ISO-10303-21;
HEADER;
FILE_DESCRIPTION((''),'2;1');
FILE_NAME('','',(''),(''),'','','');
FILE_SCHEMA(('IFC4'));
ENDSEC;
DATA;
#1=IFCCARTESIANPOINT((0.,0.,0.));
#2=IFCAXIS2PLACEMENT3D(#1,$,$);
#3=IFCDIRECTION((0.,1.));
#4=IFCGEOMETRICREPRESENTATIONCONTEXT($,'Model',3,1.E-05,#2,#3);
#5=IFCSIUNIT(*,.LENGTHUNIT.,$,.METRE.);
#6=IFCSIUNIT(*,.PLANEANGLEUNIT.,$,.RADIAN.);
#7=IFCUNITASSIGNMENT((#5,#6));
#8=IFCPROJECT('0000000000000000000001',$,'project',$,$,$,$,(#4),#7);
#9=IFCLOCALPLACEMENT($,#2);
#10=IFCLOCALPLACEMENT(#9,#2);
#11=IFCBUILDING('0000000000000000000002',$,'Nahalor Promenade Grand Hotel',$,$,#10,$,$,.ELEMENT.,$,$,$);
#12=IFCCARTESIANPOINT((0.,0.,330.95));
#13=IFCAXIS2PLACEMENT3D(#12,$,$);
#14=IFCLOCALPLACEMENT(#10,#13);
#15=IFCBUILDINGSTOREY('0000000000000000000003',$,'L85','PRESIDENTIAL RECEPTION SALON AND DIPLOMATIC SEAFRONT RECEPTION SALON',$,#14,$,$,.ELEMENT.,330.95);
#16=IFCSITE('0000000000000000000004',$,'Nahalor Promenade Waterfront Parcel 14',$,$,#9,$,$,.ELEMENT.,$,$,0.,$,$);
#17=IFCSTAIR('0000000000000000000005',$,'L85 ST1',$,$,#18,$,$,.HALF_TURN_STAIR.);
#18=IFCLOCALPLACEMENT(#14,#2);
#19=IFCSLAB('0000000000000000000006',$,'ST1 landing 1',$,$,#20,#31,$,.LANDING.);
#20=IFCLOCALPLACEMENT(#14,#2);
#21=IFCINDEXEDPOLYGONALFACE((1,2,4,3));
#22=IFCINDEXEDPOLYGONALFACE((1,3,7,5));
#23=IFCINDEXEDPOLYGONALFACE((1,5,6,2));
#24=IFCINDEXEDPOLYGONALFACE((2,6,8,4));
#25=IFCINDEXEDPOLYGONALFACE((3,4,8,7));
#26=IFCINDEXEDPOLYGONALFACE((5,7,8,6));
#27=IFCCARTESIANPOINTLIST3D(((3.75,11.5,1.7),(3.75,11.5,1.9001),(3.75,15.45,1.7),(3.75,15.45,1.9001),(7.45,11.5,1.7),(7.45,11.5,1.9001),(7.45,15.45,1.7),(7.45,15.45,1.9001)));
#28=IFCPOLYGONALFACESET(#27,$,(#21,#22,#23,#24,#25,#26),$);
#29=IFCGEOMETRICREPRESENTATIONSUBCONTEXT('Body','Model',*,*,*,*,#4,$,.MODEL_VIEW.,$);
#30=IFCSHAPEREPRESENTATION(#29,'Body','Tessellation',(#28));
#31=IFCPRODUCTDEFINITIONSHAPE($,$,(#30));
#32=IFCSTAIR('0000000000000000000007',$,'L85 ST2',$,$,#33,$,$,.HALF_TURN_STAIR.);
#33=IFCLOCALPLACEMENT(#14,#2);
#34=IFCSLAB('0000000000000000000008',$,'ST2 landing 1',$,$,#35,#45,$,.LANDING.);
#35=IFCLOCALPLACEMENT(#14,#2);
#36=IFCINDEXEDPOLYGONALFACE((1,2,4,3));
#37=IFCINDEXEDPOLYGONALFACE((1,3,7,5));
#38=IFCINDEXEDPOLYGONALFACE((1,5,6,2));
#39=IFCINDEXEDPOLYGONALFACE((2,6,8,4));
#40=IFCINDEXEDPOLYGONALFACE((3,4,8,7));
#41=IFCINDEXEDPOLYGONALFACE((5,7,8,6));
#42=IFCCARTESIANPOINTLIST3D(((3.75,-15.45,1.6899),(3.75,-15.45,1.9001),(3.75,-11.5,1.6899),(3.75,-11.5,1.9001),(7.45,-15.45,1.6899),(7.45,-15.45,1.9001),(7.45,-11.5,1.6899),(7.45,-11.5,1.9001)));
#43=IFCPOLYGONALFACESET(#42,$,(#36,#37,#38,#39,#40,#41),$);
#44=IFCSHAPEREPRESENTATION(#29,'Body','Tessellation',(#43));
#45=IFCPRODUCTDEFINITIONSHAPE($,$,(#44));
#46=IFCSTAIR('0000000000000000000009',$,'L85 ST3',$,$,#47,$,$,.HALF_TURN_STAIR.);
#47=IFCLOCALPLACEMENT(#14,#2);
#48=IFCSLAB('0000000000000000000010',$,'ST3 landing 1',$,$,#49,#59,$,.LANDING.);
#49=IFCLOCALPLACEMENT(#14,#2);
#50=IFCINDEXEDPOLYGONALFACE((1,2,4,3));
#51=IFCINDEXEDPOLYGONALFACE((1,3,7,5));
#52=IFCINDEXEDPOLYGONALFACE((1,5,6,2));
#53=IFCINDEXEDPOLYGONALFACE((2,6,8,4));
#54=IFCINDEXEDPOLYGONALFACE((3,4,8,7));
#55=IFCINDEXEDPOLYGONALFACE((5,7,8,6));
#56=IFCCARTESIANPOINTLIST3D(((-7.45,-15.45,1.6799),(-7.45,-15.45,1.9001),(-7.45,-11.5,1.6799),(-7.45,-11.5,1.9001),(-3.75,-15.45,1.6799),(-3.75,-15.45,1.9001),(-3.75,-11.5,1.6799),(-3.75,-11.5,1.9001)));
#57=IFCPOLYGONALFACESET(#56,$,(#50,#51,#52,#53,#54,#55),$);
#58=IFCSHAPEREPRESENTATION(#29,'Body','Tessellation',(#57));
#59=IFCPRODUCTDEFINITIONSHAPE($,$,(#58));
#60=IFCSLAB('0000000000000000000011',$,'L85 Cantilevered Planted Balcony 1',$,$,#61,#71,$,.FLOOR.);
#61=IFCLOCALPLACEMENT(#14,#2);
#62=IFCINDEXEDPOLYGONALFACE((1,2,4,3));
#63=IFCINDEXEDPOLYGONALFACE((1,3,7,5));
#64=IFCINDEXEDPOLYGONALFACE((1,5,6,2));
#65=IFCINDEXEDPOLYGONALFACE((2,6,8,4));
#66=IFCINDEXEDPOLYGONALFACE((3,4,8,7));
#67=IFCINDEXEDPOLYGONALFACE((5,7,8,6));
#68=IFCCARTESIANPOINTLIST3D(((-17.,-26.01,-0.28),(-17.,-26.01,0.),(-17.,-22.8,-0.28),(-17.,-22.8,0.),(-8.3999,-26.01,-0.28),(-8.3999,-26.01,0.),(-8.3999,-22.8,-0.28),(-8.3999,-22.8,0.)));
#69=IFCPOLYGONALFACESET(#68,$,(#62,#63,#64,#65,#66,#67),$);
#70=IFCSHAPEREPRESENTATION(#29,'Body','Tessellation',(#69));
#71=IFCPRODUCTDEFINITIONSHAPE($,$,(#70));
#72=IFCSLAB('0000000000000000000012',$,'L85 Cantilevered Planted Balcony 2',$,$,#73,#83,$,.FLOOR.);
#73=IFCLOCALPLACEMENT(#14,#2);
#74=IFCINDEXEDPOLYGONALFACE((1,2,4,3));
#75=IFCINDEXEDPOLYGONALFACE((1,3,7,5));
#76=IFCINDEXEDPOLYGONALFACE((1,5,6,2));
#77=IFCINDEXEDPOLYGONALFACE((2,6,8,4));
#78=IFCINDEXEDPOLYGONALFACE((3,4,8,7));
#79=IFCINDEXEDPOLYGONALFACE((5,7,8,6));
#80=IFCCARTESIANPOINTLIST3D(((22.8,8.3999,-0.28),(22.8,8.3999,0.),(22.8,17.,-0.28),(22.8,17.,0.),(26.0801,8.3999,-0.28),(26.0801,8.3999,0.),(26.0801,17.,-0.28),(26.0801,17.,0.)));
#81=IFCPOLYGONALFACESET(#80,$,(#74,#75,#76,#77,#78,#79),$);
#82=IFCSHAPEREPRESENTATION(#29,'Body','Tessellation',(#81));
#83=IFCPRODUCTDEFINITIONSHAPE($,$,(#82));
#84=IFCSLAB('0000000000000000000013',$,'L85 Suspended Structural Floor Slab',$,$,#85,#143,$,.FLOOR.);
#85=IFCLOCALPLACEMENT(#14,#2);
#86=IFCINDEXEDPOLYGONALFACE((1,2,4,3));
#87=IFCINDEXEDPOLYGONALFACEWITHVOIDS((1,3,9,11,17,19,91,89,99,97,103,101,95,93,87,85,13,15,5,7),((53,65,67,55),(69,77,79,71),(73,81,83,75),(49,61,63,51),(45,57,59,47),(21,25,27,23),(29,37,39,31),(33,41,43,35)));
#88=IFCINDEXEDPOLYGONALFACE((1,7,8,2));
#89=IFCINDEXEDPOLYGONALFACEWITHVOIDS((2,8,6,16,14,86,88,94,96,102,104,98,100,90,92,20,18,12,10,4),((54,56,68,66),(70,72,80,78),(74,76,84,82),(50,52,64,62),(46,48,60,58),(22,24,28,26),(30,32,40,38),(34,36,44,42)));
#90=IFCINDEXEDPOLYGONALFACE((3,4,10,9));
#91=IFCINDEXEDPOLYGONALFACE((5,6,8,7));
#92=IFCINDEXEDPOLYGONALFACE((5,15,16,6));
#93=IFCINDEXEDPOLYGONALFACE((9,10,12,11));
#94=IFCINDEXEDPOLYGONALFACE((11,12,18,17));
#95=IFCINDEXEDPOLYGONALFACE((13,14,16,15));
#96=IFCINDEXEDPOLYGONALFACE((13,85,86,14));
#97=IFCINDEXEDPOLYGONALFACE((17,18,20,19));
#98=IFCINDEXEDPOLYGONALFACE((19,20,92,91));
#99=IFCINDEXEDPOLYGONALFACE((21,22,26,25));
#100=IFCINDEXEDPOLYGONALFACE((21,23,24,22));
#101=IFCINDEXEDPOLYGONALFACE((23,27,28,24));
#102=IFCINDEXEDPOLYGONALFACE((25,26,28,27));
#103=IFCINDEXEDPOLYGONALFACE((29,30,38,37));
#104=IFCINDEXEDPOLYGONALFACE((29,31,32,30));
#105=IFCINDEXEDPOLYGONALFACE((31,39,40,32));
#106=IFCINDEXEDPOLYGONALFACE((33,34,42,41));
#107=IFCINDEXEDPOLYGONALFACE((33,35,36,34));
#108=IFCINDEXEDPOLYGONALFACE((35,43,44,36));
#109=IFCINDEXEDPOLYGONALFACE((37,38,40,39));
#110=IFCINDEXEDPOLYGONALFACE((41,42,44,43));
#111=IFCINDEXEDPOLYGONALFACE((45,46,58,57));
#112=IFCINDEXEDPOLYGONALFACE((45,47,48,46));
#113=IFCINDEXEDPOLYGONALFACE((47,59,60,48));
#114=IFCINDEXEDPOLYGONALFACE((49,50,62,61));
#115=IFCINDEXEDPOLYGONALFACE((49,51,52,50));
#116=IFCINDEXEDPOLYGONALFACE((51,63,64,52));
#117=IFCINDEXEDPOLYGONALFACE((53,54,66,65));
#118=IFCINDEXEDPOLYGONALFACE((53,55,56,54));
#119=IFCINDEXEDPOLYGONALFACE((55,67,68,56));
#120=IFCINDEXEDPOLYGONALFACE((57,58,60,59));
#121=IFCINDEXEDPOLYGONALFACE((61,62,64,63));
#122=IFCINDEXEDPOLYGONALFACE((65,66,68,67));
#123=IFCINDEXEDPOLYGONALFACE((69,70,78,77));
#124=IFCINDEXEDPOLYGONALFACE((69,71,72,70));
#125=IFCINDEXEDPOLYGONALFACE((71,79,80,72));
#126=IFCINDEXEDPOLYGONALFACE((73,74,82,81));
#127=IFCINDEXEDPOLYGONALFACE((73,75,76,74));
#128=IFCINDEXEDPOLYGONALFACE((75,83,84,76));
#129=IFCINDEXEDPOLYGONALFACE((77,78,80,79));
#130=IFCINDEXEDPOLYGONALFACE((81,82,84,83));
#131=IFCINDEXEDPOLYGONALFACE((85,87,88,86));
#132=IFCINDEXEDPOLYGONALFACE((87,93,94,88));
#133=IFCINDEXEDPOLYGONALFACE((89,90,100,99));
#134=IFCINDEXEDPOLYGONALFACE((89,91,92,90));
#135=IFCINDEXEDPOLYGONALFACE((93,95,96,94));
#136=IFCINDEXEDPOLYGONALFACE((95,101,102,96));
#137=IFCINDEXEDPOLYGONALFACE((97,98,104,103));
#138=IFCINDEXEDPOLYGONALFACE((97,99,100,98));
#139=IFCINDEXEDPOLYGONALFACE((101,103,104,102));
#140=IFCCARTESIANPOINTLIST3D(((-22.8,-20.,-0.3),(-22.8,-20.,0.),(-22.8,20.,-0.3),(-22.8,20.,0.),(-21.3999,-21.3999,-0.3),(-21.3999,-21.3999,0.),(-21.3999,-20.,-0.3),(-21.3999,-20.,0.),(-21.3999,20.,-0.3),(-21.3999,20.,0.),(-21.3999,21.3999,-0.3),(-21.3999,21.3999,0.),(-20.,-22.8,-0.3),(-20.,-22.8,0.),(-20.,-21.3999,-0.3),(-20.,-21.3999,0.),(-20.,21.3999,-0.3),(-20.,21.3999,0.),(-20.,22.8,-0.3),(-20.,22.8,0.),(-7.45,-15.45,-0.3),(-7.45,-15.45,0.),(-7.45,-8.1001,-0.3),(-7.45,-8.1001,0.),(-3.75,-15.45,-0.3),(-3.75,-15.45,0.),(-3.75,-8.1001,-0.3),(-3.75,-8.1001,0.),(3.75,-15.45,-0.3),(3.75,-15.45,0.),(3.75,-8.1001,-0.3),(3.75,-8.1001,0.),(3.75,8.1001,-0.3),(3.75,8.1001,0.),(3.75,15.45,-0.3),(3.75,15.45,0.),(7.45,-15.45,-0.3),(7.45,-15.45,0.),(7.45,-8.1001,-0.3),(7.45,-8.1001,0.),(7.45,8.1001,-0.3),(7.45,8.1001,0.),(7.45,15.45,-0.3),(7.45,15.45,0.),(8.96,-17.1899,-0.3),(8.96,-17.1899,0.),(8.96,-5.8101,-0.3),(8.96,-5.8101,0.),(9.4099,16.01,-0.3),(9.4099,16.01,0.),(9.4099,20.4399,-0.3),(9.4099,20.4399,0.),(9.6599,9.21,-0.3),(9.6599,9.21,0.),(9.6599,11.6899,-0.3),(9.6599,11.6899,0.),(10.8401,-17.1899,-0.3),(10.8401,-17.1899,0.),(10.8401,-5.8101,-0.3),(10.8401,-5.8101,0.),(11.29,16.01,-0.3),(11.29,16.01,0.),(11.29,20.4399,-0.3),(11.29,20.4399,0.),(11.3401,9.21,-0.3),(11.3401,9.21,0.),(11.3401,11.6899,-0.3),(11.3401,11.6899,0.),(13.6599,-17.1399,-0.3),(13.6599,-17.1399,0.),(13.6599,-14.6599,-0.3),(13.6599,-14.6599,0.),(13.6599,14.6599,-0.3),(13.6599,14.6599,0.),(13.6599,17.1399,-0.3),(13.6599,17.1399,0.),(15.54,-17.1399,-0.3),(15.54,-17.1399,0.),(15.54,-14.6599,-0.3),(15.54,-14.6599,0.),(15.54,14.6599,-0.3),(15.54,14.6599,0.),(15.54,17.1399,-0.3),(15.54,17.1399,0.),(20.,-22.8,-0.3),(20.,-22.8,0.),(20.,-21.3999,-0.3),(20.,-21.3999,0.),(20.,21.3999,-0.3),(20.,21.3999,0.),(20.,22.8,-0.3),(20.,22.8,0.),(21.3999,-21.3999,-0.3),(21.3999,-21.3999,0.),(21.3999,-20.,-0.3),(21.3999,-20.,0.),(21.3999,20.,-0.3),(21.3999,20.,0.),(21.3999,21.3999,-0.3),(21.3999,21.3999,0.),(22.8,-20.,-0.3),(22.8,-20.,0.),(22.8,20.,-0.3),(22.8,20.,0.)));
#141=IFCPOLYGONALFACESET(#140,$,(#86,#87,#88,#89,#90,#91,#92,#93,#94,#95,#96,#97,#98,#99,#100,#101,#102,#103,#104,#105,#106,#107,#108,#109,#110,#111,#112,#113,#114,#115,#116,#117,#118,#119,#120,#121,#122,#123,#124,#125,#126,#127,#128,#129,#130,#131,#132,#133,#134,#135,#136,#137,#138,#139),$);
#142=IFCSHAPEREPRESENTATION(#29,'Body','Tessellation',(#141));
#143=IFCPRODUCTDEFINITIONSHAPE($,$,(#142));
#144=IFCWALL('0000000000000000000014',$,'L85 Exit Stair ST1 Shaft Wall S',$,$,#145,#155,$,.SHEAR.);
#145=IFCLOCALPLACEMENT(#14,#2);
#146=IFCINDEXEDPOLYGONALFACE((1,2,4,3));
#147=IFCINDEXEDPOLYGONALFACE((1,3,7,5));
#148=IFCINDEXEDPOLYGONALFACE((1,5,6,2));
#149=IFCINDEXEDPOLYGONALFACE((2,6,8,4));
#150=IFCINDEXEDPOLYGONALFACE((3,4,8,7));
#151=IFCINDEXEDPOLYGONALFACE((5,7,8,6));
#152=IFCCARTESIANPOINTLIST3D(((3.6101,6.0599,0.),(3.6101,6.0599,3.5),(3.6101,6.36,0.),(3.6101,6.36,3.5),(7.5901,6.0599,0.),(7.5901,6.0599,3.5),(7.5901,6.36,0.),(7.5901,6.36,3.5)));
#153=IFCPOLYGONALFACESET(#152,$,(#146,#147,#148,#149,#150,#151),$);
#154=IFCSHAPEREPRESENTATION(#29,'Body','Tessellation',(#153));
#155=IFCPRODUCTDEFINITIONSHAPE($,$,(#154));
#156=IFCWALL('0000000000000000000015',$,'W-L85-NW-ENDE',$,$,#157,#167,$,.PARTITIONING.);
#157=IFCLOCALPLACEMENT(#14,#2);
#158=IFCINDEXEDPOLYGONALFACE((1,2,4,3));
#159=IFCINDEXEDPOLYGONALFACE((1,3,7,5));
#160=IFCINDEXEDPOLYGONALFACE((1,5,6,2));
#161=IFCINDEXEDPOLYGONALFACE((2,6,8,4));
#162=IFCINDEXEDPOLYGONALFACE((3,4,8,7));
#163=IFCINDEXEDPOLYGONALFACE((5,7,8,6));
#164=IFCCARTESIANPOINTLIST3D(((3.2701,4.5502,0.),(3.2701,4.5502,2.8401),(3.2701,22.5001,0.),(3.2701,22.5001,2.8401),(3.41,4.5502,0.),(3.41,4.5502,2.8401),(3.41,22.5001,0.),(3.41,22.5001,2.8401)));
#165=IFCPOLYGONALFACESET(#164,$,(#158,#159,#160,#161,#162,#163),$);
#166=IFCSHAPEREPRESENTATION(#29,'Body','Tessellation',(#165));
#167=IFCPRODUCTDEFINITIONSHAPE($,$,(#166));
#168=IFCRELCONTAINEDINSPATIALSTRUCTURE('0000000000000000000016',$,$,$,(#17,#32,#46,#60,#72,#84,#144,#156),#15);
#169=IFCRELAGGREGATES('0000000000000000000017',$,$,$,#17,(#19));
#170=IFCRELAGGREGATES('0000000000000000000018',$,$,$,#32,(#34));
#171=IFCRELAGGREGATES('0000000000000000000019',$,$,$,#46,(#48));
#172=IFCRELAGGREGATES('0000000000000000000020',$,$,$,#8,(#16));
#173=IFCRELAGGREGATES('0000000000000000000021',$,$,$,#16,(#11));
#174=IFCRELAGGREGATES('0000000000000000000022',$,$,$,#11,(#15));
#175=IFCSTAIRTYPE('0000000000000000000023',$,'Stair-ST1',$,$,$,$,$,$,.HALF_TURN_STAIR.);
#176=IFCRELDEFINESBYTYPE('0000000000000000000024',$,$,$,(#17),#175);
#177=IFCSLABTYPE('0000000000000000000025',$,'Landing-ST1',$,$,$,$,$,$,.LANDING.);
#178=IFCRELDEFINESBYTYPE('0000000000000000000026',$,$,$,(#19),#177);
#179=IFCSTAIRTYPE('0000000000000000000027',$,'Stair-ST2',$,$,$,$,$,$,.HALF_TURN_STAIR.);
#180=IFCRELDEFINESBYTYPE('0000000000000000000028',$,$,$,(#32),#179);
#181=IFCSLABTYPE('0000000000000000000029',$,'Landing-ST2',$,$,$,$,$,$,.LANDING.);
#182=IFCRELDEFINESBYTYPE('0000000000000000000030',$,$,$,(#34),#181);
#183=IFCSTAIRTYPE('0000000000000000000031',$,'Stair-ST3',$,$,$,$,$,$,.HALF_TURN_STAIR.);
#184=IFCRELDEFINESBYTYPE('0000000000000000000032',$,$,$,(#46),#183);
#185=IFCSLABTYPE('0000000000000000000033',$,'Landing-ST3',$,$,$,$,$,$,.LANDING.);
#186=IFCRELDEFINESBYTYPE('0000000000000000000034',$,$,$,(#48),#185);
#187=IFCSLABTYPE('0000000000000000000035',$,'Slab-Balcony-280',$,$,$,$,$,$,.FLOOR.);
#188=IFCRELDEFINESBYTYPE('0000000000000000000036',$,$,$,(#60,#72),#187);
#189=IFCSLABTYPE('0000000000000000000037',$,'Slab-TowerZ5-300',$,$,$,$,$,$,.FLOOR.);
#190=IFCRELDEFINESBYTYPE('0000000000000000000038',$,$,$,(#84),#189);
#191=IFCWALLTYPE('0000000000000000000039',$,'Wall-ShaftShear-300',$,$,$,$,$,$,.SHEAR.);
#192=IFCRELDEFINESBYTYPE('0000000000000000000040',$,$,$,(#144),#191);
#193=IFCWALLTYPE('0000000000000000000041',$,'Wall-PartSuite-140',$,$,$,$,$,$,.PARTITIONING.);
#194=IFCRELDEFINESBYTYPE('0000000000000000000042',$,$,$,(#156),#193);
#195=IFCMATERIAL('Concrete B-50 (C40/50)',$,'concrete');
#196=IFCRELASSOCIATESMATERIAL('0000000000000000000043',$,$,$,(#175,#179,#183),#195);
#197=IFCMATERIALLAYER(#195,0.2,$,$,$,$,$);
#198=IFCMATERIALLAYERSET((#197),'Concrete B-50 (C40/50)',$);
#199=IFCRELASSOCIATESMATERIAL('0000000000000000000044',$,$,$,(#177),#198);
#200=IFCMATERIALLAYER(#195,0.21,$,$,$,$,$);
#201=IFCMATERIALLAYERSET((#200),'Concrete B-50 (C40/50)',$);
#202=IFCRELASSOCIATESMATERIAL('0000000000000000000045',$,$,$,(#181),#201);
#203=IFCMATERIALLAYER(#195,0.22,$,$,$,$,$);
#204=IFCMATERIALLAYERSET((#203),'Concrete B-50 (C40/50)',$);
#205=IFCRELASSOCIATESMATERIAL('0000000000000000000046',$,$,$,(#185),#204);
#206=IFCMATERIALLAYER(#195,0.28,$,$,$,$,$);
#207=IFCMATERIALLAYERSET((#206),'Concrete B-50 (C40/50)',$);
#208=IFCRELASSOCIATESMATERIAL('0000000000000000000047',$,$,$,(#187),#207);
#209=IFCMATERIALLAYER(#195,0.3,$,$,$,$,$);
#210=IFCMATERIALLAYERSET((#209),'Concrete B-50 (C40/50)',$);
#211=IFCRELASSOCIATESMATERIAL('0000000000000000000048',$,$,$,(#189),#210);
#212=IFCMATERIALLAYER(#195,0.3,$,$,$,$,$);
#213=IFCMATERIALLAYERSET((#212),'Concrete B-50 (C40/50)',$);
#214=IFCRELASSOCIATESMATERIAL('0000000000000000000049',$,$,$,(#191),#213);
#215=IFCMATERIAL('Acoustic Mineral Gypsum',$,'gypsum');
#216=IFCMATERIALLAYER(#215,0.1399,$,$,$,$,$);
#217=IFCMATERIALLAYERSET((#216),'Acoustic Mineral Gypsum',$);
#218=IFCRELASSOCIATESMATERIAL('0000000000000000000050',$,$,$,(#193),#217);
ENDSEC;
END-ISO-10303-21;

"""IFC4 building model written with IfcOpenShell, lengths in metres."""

from ifc_helpers import new_model, si_unit, direction, frame, frame_2d, origin, place, context, subcontext, project, spatial, polyline, rectangle, outline, extrude, source, transform, mapped, material, layer, layer_set, type_object, element, aggregate, save


model = new_model("IFC4")

# Units and contexts
model_context = context("Model", 3, precision=1e-05, world=origin(), true_north=direction((0.0, 1.0)))
body_context = subcontext(model_context, "Body", "Model", "MODEL_VIEW")
ifc_project = project(units=[si_unit("LENGTHUNIT", "METRE"), si_unit("PLANEANGLEUNIT", "RADIAN")], contexts=[model_context])

# Site, building, storey
site_placement = place(None, origin())
site = spatial("IfcSite", under=ifc_project, at=site_placement, Name="Nahalor Promenade Waterfront Parcel 14", CompositionType="ELEMENT", RefElevation=0.0)
building_placement = place(site_placement, origin())
building = spatial("IfcBuilding", under=site, at=building_placement, Name="Nahalor Promenade Grand Hotel", CompositionType="ELEMENT")
storey_placement = place(building_placement, frame((0.0, 0.0, 330.95)))
storey = spatial("IfcBuildingStorey", under=building, at=storey_placement, Name="L85", Description="PRESIDENTIAL RECEPTION SALON AND DIPLOMATIC SEAFRONT RECEPTION SALON", CompositionType="ELEMENT", Elevation=330.95)

# Shared definitions
ifc_material_1 = material(Name="Concrete B-50 (C40/50)", Category="concrete")

# Stairs, slabs
stair_type_1 = type_object("IfcStairType", Name="Stair-ST1", PredefinedType="HALF_TURN_STAIR", material=ifc_material_1)
stair_1_placement = place(storey_placement, origin())
stair_1 = element("IfcStair", 1, at=stair_1_placement, inside=storey, type_object=stair_type_1, Name="L85 ST1", PredefinedType="HALF_TURN_STAIR")
ifc_layer_1 = layer(ifc_material_1, 0.2)
ifc_layer_set_1 = layer_set([ifc_layer_1], Name="Concrete B-50 (C40/50)")
slab_type_1 = type_object("IfcSlabType", Name="Landing-ST1", PredefinedType="LANDING", material=ifc_layer_set_1)
slab_1_placement = place(storey_placement, frame((0.0, 0.0, 1.7)))
slab_1 = element("IfcSlab", 2, at=slab_1_placement, type_object=slab_type_1, Name="ST1 landing 1", PredefinedType="LANDING", context=body_context, shape_type="SweptSolid", body=[
    extrude(outline(polyline([(7.45, 11.5), (7.45, 15.45), (3.75, 15.45), (3.75, 11.5), (7.45, 11.5)])), origin(), (0.0, 0.0, 1.0), 0.2002),
])
aggregate(stair_1, [slab_1])
stair_type_2 = type_object("IfcStairType", Name="Stair-ST2", PredefinedType="HALF_TURN_STAIR", material=ifc_material_1)
stair_2_placement = place(storey_placement, origin())
stair_2 = element("IfcStair", 3, at=stair_2_placement, inside=storey, type_object=stair_type_2, Name="L85 ST2", PredefinedType="HALF_TURN_STAIR")
ifc_layer_2 = layer(ifc_material_1, 0.21)
ifc_layer_set_2 = layer_set([ifc_layer_2], Name="Concrete B-50 (C40/50)")
slab_type_2 = type_object("IfcSlabType", Name="Landing-ST2", PredefinedType="LANDING", material=ifc_layer_set_2)
slab_2_placement = place(storey_placement, frame((0.0, 0.0, 1.6899)))
slab_2 = element("IfcSlab", 4, at=slab_2_placement, type_object=slab_type_2, Name="ST2 landing 1", PredefinedType="LANDING", context=body_context, shape_type="SweptSolid", body=[
    extrude(outline(polyline([(3.75, -11.5), (3.75, -15.45), (7.45, -15.45), (7.45, -11.5), (3.75, -11.5)])), origin(), (0.0, 0.0, 1.0), 0.2102),
])
aggregate(stair_2, [slab_2])
stair_type_3 = type_object("IfcStairType", Name="Stair-ST3", PredefinedType="HALF_TURN_STAIR", material=ifc_material_1)
stair_3_placement = place(storey_placement, origin())
stair_3 = element("IfcStair", 5, at=stair_3_placement, inside=storey, type_object=stair_type_3, Name="L85 ST3", PredefinedType="HALF_TURN_STAIR")
ifc_layer_3 = layer(ifc_material_1, 0.22)
ifc_layer_set_3 = layer_set([ifc_layer_3], Name="Concrete B-50 (C40/50)")
slab_type_3 = type_object("IfcSlabType", Name="Landing-ST3", PredefinedType="LANDING", material=ifc_layer_set_3)
slab_3_placement = place(storey_placement, frame((0.0, 0.0, 1.6799)))
slab_3 = element("IfcSlab", 6, at=slab_3_placement, type_object=slab_type_3, Name="ST3 landing 1", PredefinedType="LANDING", context=body_context, shape_type="SweptSolid", body=[
    extrude(outline(polyline([(-7.45, -11.5), (-7.45, -15.45), (-3.75, -15.45), (-3.75, -11.5), (-7.45, -11.5)])), origin(), (0.0, 0.0, 1.0), 0.2202),
])
aggregate(stair_3, [slab_3])

# Slabs
ifc_layer_4 = layer(ifc_material_1, 0.28)
ifc_layer_set_4 = layer_set([ifc_layer_4], Name="Concrete B-50 (C40/50)")
slab_type_4 = type_object("IfcSlabType", Name="Slab-Balcony-280", PredefinedType="FLOOR", material=ifc_layer_set_4)
slab_4_placement = place(storey_placement, frame((0.0, 0.0, -0.28)))
element("IfcSlab", 7, at=slab_4_placement, inside=storey, type_object=slab_type_4, Name="L85 Cantilevered Planted Balcony 1", PredefinedType="FLOOR", context=body_context, shape_type="SweptSolid", body=[
    extrude(outline(polyline([(-17.0, -26.01), (-8.3999, -26.01), (-8.3999, -22.8), (-17.0, -22.8), (-17.0, -26.01)])), origin(), (0.0, 0.0, 1.0), 0.28),
])
slab_5_placement = place(storey_placement, frame((0.0, 0.0, -0.28)))
element("IfcSlab", 8, at=slab_5_placement, inside=storey, type_object=slab_type_4, Name="L85 Cantilevered Planted Balcony 2", PredefinedType="FLOOR", context=body_context, shape_type="SweptSolid", body=[
    extrude(outline(polyline([(22.8, 8.3999), (26.0801, 8.3999), (26.0801, 17.0), (22.8, 17.0), (22.8, 8.3999)])), origin(), (0.0, 0.0, 1.0), 0.28),
])
ifc_layer_5 = layer(ifc_material_1, 0.3)
ifc_layer_set_5 = layer_set([ifc_layer_5], Name="Concrete B-50 (C40/50)")
slab_type_5 = type_object("IfcSlabType", Name="Slab-TowerZ5-300", PredefinedType="FLOOR", material=ifc_layer_set_5)
slab_6_placement = place(storey_placement, frame((0.0, 0.0, -0.3)))
element("IfcSlab", 9, at=slab_6_placement, inside=storey, type_object=slab_type_5, Name="L85 Suspended Structural Floor Slab", PredefinedType="FLOOR", context=body_context, shape_type="SweptSolid", body=[
    extrude(outline(polyline([(-20.0, -22.8), (20.0, -22.8), (20.0, -21.3999), (21.3999, -21.3999), (21.3999, -20.0), (22.8, -20.0), (22.8, 20.0), (21.3999, 20.0), (21.3999, 21.3999), (20.0, 21.3999), (20.0, 22.8), (-20.0, 22.8), (-20.0, 21.3999), (-21.3999, 21.3999), (-21.3999, 20.0), (-22.8, 20.0), (-22.8, -20.0), (-21.3999, -20.0), (-21.3999, -21.3999), (-20.0, -21.3999), (-20.0, -22.8)]), holes=[polyline([(3.75, 8.1001), (7.45, 8.1001), (7.45, 15.45), (3.75, 15.45), (3.75, 8.1001)]), polyline([(3.75, -15.45), (7.45, -15.45), (7.45, -8.1001), (3.75, -8.1001), (3.75, -15.45)]), polyline([(-7.45, -15.45), (-3.75, -15.45), (-3.75, -8.1001), (-7.45, -8.1001), (-7.45, -15.45)]), polyline([(8.96, -17.1899), (10.8401, -17.1899), (10.8401, -5.8101), (8.96, -5.8101), (8.96, -17.1899)]), polyline([(9.4099, 16.01), (11.29, 16.01), (11.29, 20.4399), (9.4099, 20.4399), (9.4099, 16.01)]), polyline([(9.6599, 9.21), (11.3401, 9.21), (11.3401, 11.6899), (9.6599, 11.6899), (9.6599, 9.21)]), polyline([(13.6599, 14.6599), (15.54, 14.6599), (15.54, 17.1399), (13.6599, 17.1399), (13.6599, 14.6599)]), polyline([(13.6599, -17.1399), (15.54, -17.1399), (15.54, -14.6599), (13.6599, -14.6599), (13.6599, -17.1399)])]), origin(), (0.0, 0.0, 1.0), 0.3),
])

# Walls
ifc_layer_6 = layer(ifc_material_1, 0.3)
ifc_layer_set_6 = layer_set([ifc_layer_6], Name="Concrete B-50 (C40/50)")
wall_type_1 = type_object("IfcWallType", Name="Wall-ShaftShear-300", PredefinedType="SHEAR", material=ifc_layer_set_6)
shared_shape_1 = source(origin(), body_context, "Body", "SweptSolid", [
    extrude(rectangle(XDim=3.98, YDim=0.3, at=frame_2d((1.99, 0.0))), origin(), (0.0, 0.0, 1.0), 3.5),
])
wall_1_placement = place(storey_placement, frame((3.6101, 6.21, 0.0), z_axis=(0.0, 0.0, 1.0), x_axis=(1.0, 0.0, 0.0)))
element("IfcWall", 10, at=wall_1_placement, inside=storey, type_object=wall_type_1, Name="L85 Exit Stair ST1 Shaft Wall S", PredefinedType="SHEAR", context=body_context, shape_type="MappedRepresentation", body=[
    mapped(shared_shape_1, transform((0.0, 0.0, 0.0), scale=1.0)),
])
ifc_material_2 = material(Name="Acoustic Mineral Gypsum", Category="gypsum")
ifc_layer_7 = layer(ifc_material_2, 0.1399)
ifc_layer_set_7 = layer_set([ifc_layer_7], Name="Acoustic Mineral Gypsum")
wall_type_2 = type_object("IfcWallType", Name="Wall-PartSuite-140", PredefinedType="PARTITIONING", material=ifc_layer_set_7)
shared_shape_2 = source(origin(), body_context, "Body", "SweptSolid", [
    extrude(rectangle(XDim=17.95, YDim=0.1399, at=frame_2d((8.9751, 0.0))), origin(), (0.0, 0.0, 1.0), 2.8401),
])
wall_2_placement = place(storey_placement, frame((3.3401, 4.55, 0.0), z_axis=(0.0, 0.0, 1.0), x_axis=(0.0, 1.0, 0.0)))
element("IfcWall", 11, at=wall_2_placement, inside=storey, type_object=wall_type_2, Name="W-L85-NW-ENDE", PredefinedType="PARTITIONING", context=body_context, shape_type="MappedRepresentation", body=[
    mapped(shared_shape_2, transform((0.0, 0.0, 0.0), scale=1.0)),
])

save(model, "model.ifc")
